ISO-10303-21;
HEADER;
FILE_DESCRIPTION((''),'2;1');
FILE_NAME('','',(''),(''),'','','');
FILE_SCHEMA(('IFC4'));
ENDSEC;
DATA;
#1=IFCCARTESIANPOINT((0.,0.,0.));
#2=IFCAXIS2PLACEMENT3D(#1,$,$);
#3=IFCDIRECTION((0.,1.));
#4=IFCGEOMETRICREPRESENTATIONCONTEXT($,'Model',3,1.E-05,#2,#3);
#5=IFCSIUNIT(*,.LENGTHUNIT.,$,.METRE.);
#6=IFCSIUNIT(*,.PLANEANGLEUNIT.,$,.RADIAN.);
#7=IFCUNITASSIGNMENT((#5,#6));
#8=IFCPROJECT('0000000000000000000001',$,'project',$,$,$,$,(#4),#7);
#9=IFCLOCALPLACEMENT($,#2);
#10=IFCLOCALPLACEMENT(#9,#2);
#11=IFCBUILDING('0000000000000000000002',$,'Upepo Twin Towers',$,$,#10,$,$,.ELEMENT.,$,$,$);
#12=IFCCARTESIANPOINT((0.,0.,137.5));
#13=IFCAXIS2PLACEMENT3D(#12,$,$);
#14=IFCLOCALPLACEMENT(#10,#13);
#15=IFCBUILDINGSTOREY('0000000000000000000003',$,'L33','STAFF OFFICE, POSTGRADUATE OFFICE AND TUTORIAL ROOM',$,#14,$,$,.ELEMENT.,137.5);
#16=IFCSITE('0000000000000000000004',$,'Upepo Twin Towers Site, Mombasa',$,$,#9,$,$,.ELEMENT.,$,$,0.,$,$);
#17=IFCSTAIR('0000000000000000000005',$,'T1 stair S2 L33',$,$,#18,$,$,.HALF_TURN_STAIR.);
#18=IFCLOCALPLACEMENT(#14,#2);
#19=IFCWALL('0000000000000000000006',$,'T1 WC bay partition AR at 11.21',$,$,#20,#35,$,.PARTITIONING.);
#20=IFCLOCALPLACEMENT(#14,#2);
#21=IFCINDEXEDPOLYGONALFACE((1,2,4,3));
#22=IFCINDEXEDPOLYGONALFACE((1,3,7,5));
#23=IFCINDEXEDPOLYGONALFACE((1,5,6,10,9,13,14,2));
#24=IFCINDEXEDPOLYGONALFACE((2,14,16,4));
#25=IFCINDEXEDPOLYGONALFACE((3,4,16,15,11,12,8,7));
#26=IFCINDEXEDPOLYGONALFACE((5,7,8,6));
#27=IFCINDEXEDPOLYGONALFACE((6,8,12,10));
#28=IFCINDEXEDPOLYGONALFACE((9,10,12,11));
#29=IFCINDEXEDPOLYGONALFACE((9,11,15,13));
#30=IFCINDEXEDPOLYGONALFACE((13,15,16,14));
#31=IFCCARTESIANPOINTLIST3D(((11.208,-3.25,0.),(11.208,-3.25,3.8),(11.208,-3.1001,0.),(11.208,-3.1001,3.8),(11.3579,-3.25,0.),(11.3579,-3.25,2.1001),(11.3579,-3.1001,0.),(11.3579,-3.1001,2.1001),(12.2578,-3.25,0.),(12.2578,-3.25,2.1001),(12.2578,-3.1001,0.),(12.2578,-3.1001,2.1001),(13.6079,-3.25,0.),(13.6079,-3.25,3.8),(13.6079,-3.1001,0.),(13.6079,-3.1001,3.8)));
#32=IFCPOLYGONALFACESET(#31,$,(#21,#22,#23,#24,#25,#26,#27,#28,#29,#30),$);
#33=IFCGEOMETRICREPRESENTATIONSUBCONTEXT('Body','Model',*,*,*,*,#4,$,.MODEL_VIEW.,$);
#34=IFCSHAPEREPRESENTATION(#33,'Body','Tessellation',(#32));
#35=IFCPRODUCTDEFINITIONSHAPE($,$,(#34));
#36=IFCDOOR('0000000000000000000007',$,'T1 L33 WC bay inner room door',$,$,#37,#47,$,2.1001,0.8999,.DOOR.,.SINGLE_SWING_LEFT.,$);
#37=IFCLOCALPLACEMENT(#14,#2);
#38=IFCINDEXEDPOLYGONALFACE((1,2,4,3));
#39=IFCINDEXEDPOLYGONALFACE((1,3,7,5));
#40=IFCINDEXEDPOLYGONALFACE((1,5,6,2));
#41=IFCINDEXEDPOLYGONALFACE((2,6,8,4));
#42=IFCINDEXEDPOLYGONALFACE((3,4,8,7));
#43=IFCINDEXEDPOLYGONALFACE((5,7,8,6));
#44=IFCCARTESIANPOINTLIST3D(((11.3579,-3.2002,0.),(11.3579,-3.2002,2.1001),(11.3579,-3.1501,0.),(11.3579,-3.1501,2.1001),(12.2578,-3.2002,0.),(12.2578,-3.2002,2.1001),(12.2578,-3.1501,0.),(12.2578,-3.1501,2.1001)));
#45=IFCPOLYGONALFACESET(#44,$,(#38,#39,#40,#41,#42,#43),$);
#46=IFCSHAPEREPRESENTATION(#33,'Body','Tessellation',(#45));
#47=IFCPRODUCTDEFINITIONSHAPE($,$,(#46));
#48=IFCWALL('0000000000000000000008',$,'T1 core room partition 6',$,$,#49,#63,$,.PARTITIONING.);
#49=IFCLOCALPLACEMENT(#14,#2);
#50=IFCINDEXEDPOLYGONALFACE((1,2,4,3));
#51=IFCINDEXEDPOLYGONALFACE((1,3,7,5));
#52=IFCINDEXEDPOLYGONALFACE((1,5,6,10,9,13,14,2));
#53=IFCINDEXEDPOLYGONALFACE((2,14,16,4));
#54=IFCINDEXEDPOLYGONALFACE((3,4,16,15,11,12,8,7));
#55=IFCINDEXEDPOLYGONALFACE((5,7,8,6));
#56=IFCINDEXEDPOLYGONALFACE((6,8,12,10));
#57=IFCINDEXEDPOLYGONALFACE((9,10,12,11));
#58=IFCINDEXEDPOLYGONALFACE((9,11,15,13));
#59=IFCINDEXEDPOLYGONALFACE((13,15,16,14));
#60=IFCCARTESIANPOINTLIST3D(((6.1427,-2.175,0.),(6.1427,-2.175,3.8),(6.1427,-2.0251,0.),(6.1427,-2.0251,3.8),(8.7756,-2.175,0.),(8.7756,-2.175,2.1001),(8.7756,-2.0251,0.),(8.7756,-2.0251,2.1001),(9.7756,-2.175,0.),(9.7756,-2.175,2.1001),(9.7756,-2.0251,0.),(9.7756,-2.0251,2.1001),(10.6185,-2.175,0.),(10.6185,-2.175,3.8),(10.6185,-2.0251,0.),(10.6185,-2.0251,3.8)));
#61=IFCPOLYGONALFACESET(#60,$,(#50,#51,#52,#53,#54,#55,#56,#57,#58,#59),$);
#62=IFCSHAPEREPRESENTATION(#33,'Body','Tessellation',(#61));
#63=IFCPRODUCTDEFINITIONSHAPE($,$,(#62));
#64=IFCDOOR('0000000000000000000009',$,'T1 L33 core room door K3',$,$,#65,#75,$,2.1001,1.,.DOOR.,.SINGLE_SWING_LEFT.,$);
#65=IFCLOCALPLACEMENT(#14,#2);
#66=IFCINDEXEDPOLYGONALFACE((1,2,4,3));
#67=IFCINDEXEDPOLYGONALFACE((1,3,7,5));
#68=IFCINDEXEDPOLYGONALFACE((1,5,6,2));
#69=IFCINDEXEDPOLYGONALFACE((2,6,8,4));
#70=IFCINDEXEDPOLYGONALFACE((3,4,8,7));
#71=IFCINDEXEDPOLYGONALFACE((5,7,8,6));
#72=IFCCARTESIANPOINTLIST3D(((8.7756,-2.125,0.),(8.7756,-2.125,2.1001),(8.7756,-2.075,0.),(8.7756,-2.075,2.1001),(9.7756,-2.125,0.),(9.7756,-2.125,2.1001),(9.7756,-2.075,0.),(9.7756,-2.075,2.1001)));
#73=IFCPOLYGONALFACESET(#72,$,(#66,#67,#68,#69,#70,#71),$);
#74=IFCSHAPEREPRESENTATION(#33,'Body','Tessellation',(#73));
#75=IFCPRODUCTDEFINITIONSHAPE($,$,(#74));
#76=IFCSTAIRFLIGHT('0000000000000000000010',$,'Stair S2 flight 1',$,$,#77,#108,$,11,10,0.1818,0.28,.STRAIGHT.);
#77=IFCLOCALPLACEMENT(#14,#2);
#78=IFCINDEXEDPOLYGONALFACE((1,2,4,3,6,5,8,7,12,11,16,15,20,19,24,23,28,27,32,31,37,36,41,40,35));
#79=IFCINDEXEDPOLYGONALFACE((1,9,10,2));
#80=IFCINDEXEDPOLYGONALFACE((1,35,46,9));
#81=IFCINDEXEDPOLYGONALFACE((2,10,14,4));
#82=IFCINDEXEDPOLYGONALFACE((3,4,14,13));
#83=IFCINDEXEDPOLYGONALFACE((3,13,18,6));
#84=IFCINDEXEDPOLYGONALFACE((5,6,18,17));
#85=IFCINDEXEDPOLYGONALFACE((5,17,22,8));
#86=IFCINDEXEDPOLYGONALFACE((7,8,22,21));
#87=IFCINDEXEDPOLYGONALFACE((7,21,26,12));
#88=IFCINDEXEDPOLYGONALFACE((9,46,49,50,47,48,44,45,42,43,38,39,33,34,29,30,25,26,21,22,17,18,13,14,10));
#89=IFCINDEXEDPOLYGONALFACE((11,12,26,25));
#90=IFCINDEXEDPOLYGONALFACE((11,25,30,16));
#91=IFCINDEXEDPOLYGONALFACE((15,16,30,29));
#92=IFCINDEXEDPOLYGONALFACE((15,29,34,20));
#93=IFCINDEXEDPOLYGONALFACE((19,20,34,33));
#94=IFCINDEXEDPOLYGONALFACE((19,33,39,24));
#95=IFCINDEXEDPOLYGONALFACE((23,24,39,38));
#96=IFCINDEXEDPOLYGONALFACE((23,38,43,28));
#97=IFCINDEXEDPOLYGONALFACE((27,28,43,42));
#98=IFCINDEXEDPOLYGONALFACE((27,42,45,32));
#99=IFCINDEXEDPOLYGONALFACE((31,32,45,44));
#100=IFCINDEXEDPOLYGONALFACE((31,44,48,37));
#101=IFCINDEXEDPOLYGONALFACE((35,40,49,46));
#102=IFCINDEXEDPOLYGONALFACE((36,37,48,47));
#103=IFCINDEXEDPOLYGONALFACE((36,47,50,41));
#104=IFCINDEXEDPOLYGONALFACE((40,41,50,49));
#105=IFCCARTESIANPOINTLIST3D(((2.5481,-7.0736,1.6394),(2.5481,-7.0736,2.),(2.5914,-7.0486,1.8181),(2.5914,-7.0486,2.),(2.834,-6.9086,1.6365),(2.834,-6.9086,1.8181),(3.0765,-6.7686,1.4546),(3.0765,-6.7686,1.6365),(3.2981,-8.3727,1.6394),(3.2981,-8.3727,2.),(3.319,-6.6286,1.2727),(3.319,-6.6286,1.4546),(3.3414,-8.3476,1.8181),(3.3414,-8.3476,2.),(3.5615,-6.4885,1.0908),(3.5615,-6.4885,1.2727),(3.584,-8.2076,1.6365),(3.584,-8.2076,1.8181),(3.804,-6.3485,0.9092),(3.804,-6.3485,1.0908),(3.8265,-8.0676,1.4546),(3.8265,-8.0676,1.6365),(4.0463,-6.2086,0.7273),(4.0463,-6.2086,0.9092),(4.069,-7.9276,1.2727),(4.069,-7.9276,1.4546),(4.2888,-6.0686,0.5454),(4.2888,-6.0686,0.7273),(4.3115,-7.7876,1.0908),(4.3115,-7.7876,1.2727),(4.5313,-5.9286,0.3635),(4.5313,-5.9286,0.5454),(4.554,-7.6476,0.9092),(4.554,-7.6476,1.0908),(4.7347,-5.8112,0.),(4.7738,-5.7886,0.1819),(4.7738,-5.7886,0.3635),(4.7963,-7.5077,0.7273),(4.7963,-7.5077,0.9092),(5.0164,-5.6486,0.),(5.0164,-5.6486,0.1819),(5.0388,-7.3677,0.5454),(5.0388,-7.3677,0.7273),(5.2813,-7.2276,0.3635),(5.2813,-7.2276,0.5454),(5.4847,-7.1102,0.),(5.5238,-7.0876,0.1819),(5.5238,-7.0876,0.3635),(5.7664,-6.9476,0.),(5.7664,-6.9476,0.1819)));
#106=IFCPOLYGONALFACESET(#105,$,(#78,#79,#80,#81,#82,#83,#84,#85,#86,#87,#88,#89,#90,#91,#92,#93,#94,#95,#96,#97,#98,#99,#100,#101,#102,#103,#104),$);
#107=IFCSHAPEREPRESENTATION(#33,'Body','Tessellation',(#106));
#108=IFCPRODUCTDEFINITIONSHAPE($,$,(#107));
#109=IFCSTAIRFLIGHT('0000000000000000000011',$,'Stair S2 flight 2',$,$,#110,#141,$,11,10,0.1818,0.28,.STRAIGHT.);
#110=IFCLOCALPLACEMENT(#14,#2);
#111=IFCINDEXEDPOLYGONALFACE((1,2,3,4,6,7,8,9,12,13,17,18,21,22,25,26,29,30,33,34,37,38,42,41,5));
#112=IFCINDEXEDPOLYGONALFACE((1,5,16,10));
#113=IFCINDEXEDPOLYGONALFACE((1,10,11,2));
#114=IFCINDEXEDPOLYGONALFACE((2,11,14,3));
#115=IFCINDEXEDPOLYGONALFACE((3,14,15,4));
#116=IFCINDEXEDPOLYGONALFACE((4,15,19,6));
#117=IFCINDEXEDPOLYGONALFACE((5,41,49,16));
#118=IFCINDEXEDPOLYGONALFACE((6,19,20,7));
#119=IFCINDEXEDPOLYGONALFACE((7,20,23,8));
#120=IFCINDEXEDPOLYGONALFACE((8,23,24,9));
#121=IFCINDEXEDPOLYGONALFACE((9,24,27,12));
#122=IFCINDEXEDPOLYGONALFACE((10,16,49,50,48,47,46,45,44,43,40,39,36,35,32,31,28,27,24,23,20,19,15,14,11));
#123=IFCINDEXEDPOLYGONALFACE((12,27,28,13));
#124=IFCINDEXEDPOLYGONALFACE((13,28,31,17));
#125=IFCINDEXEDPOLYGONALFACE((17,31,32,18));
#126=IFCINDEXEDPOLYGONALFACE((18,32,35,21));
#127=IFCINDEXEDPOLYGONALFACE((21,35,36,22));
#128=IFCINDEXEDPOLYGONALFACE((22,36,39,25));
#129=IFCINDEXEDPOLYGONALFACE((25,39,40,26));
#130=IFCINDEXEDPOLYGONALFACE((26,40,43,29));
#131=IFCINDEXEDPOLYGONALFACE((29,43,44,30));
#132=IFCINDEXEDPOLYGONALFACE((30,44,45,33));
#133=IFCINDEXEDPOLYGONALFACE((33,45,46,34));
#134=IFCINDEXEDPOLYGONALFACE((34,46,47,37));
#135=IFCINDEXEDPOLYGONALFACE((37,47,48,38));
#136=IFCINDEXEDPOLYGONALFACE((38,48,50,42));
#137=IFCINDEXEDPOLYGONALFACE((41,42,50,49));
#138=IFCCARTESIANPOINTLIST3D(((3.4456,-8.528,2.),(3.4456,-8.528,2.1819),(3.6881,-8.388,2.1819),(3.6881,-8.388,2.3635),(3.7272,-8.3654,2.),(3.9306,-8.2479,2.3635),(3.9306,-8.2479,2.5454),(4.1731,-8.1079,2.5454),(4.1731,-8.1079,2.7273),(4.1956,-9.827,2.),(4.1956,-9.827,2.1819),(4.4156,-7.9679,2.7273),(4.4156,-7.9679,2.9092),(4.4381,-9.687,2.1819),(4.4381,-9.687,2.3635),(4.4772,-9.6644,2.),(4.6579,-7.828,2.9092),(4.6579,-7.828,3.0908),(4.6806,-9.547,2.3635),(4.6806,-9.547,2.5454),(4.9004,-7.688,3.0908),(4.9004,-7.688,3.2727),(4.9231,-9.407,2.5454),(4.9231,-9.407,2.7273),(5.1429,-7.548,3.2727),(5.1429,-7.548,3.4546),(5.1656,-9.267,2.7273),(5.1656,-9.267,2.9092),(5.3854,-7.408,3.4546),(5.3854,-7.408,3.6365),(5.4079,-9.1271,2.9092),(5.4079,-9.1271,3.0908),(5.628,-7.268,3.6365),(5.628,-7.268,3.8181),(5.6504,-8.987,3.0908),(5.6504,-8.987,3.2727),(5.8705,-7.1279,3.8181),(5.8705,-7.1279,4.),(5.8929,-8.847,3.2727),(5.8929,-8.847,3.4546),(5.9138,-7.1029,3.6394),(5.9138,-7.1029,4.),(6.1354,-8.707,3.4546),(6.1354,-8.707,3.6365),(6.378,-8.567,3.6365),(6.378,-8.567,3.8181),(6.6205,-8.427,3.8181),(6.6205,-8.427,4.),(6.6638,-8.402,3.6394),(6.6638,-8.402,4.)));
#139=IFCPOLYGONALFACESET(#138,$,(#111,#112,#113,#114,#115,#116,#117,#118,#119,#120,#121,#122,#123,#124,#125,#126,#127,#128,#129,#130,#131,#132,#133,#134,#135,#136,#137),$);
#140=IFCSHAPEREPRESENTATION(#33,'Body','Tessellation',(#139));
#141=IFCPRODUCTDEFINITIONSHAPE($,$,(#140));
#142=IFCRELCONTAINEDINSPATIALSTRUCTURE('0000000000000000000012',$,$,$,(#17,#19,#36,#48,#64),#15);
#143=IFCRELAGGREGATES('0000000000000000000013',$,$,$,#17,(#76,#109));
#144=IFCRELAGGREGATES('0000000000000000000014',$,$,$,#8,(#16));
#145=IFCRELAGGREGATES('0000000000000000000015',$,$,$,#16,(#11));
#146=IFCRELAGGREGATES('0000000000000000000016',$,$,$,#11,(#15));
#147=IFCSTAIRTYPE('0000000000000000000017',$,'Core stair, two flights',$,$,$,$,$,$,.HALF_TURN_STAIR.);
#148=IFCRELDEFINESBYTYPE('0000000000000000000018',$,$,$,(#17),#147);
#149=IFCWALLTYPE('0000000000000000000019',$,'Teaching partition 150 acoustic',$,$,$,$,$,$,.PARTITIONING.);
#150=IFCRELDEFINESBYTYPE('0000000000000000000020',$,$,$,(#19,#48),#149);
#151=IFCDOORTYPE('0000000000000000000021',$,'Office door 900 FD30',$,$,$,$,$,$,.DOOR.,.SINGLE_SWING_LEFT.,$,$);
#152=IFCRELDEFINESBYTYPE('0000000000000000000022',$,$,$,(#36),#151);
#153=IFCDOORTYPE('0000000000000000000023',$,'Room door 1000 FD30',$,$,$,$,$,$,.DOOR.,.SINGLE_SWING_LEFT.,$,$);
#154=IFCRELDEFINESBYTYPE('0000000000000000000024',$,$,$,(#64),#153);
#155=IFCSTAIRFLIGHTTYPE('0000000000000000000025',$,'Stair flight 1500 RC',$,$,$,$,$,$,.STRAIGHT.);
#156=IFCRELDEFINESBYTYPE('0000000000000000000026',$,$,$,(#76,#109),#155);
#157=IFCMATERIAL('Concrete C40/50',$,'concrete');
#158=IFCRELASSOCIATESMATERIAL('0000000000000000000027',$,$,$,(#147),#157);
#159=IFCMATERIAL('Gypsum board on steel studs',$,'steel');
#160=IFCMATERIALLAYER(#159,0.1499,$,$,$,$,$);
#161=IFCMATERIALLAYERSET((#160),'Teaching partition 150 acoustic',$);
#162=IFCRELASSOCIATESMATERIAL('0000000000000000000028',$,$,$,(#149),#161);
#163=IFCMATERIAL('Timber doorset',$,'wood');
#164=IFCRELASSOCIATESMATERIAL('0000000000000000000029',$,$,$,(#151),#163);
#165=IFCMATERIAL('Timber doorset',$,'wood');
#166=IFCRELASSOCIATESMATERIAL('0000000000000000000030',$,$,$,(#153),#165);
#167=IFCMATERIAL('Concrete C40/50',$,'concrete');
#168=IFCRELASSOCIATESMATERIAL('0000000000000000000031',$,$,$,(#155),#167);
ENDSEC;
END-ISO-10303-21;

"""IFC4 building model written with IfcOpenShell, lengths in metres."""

from ifc_helpers import new_model, si_unit, direction, frame, frame_2d, origin, place, context, subcontext, project, spatial, polyline, rectangle, outline, extrude, material, layer, layer_set, type_object, element, fill, aggregate, save


model = new_model("IFC4")

# Units and contexts
model_context = context("Model", 3, precision=1e-05, world=origin(), true_north=direction((0.0, 1.0)))
body_context = subcontext(model_context, "Body", "Model", "MODEL_VIEW")
ifc_project = project(units=[si_unit("LENGTHUNIT", "METRE"), si_unit("PLANEANGLEUNIT", "RADIAN")], contexts=[model_context])

# Site, building, storey
site_placement = place(None, origin())
site = spatial("IfcSite", under=ifc_project, at=site_placement, Name="Upepo Twin Towers Site, Mombasa", CompositionType="ELEMENT", RefElevation=0.0)
building_placement = place(site_placement, origin())
building = spatial("IfcBuilding", under=site, at=building_placement, Name="Upepo Twin Towers", CompositionType="ELEMENT")
storey_placement = place(building_placement, frame((0.0, 0.0, 137.5)))
storey = spatial("IfcBuildingStorey", under=building, at=storey_placement, Name="L33", Description="STAFF OFFICE, POSTGRADUATE OFFICE AND TUTORIAL ROOM", CompositionType="ELEMENT", Elevation=137.5)

# Stair
ifc_material_1 = material(Name="Concrete C40/50", Category="concrete")
stair_type = type_object("IfcStairType", Name="Core stair, two flights", PredefinedType="HALF_TURN_STAIR", material=ifc_material_1)
stair_1_placement = place(storey_placement, origin())
stair_1 = element("IfcStair", 1, at=stair_1_placement, inside=storey, type_object=stair_type, Name="T1 stair S2 L33", PredefinedType="HALF_TURN_STAIR")

# Walls, openings, doors
ifc_material_2 = material(Name="Gypsum board on steel studs", Category="steel")
ifc_layer_1 = layer(ifc_material_2, 0.1499)
ifc_layer_set_1 = layer_set([ifc_layer_1], Name="Teaching partition 150 acoustic")
wall_type_1 = type_object("IfcWallType", Name="Teaching partition 150 acoustic", PredefinedType="PARTITIONING", material=ifc_layer_set_1)
wall_1_placement = place(storey_placement, frame((11.208, -3.175, 0.0), z_axis=(0.0, 0.0, 1.0), x_axis=(1.0, 0.0, 0.0)))
wall_1 = element("IfcWall", 2, at=wall_1_placement, inside=storey, type_object=wall_type_1, Name="T1 WC bay partition AR at 11.21", PredefinedType="PARTITIONING", context=body_context, shape_type="SweptSolid", body=[
    extrude(rectangle(XDim=2.3999, YDim=0.1499, at=frame_2d((1.2, 0.0))), origin(), (0.0, 0.0, 1.0), 3.8),
])
opening_1_placement = place(wall_1_placement, frame((0.1499, 0.0, 0.0)))
opening_1 = element("IfcOpeningElement", 3, at=opening_1_placement, cuts=wall_1, PredefinedType="OPENING", context=body_context, shape_type="SweptSolid", body=[
    extrude(rectangle(XDim=0.8999, YDim=2.1001, at=frame_2d((0.45, 1.05))), frame((0.0, 0.085, 0.0), z_axis=(0.0, -1.0, 0.0), x_axis=(1.0, 0.0, 0.0)), (0.0, 0.0, 1.0), 0.1699),
])
ifc_material_3 = material(Name="Timber doorset", Category="wood")
door_type_1 = type_object("IfcDoorType", Name="Office door 900 FD30", OperationType="SINGLE_SWING_LEFT", PredefinedType="DOOR", material=ifc_material_3)
door_1_placement = place(opening_1_placement, origin())
door_1 = element("IfcDoor", 4, at=door_1_placement, inside=storey, type_object=door_type_1, Name="T1 L33 WC bay inner room door", OperationType="SINGLE_SWING_LEFT", OverallHeight=2.1001, OverallWidth=0.8999, PredefinedType="DOOR", context=body_context, shape_type="SweptSolid", body=[
    extrude(rectangle(XDim=0.8999, YDim=2.1001, at=frame_2d((0.45, 1.05))), frame((0.0, 0.0249, 0.0), z_axis=(0.0, -1.0, 0.0), x_axis=(1.0, 0.0, 0.0)), (0.0, 0.0, 1.0), 0.05),
])
fill(opening_1, door_1)
wall_2_placement = place(storey_placement, frame((10.6184, -2.1001, 0.0), z_axis=(0.0, 0.0, 1.0), x_axis=(-1.0, 0.0, 0.0)))
wall_2 = element("IfcWall", 5, at=wall_2_placement, inside=storey, type_object=wall_type_1, Name="T1 core room partition 6", PredefinedType="PARTITIONING", context=body_context, shape_type="SweptSolid", body=[
    extrude(rectangle(XDim=4.4758, YDim=0.1499, at=frame_2d((2.2378, 0.0))), origin(), (0.0, 0.0, 1.0), 3.8),
])
opening_2_placement = place(wall_2_placement, frame((0.8428, 0.0, 0.0)))
opening_2 = element("IfcOpeningElement", 6, at=opening_2_placement, cuts=wall_2, PredefinedType="OPENING", context=body_context, shape_type="SweptSolid", body=[
    extrude(rectangle(XDim=1.0, YDim=2.1001, at=frame_2d((0.5, 1.05))), frame((0.0, 0.085, 0.0), z_axis=(0.0, -1.0, 0.0), x_axis=(1.0, 0.0, 0.0)), (0.0, 0.0, 1.0), 0.1699),
])
ifc_material_4 = material(Name="Timber doorset", Category="wood")
door_type_2 = type_object("IfcDoorType", Name="Room door 1000 FD30", OperationType="SINGLE_SWING_LEFT", PredefinedType="DOOR", material=ifc_material_4)
door_2_placement = place(opening_2_placement, origin())
door_2 = element("IfcDoor", 7, at=door_2_placement, inside=storey, type_object=door_type_2, Name="T1 L33 core room door K3", OperationType="SINGLE_SWING_LEFT", OverallHeight=2.1001, OverallWidth=1.0, PredefinedType="DOOR", context=body_context, shape_type="SweptSolid", body=[
    extrude(rectangle(XDim=1.0, YDim=2.1001, at=frame_2d((0.5, 1.05))), frame((0.0, 0.0249, 0.0), z_axis=(0.0, -1.0, 0.0), x_axis=(1.0, 0.0, 0.0)), (0.0, 0.0, 1.0), 0.05),
])
fill(opening_2, door_2)

# Stair flights
ifc_material_5 = material(Name="Concrete C40/50", Category="concrete")
stair_flight_type = type_object("IfcStairFlightType", Name="Stair flight 1500 RC", PredefinedType="STRAIGHT", material=ifc_material_5)
stair_flight_1_placement = place(storey_placement, frame((5.3914, -6.2981, 0.0), z_axis=(0.0, 0.0, 1.0), x_axis=(-0.866025, -0.5, 0.0)))
stair_flight_1 = element("IfcStairFlight", 8, at=stair_flight_1_placement, type_object=stair_flight_type, Name="Stair S2 flight 1", NumberOfRisers=11, NumberOfTreads=10, PredefinedType="STRAIGHT", RiserHeight=0.1818, TreadLength=0.28, context=body_context, shape_type="SweptSolid", body=[
    extrude(outline(polyline([(0.0, 0.0), (0.0, 0.1819), (0.28, 0.1819), (0.28, 0.3635), (0.5601, 0.3635), (0.5601, 0.5454), (0.8401, 0.5454), (0.8401, 0.7273), (1.1201, 0.7273), (1.1201, 0.9092), (1.3999, 0.9092), (1.3999, 1.0908), (1.6799, 1.0908), (1.6799, 1.2727), (1.96, 1.2727), (1.96, 1.4546), (2.24, 1.4546), (2.24, 1.6365), (2.52, 1.6365), (2.52, 1.8181), (2.8, 1.8181), (2.8, 2.0), (2.8501, 2.0), (2.8501, 1.6394), (0.3252, 0.0), (0.0, 0.0)])), frame((0.0, 0.75, 0.0), z_axis=(0.0, -1.0, 0.0), x_axis=(1.0, 0.0, 0.0)), (0.0, 0.0, 1.0), 1.5),
])
stair_flight_2_placement = place(storey_placement, frame((3.8206, -9.1775, 2.0), z_axis=(0.0, 0.0, 1.0), x_axis=(0.866025, 0.5, 0.0)))
stair_flight_2 = element("IfcStairFlight", 9, at=stair_flight_2_placement, type_object=stair_flight_type, Name="Stair S2 flight 2", NumberOfRisers=11, NumberOfTreads=10, PredefinedType="STRAIGHT", RiserHeight=0.1818, TreadLength=0.28, context=body_context, shape_type="SweptSolid", body=[
    extrude(outline(polyline([(0.0, 0.0), (0.0, 0.1819), (0.28, 0.1819), (0.28, 0.3635), (0.5601, 0.3635), (0.5601, 0.5454), (0.8401, 0.5454), (0.8401, 0.7273), (1.1201, 0.7273), (1.1201, 0.9092), (1.3999, 0.9092), (1.3999, 1.0908), (1.6799, 1.0908), (1.6799, 1.2727), (1.96, 1.2727), (1.96, 1.4546), (2.24, 1.4546), (2.24, 1.6365), (2.52, 1.6365), (2.52, 1.8181), (2.8, 1.8181), (2.8, 2.0), (2.8501, 2.0), (2.8501, 1.6394), (0.3252, 0.0), (0.0, 0.0)])), frame((0.0, 0.75, 0.0), z_axis=(0.0, -1.0, 0.0), x_axis=(1.0, 0.0, 0.0)), (0.0, 0.0, 1.0), 1.5),
])
aggregate(stair_1, [stair_flight_1, stair_flight_2])

save(model, "model.ifc")
